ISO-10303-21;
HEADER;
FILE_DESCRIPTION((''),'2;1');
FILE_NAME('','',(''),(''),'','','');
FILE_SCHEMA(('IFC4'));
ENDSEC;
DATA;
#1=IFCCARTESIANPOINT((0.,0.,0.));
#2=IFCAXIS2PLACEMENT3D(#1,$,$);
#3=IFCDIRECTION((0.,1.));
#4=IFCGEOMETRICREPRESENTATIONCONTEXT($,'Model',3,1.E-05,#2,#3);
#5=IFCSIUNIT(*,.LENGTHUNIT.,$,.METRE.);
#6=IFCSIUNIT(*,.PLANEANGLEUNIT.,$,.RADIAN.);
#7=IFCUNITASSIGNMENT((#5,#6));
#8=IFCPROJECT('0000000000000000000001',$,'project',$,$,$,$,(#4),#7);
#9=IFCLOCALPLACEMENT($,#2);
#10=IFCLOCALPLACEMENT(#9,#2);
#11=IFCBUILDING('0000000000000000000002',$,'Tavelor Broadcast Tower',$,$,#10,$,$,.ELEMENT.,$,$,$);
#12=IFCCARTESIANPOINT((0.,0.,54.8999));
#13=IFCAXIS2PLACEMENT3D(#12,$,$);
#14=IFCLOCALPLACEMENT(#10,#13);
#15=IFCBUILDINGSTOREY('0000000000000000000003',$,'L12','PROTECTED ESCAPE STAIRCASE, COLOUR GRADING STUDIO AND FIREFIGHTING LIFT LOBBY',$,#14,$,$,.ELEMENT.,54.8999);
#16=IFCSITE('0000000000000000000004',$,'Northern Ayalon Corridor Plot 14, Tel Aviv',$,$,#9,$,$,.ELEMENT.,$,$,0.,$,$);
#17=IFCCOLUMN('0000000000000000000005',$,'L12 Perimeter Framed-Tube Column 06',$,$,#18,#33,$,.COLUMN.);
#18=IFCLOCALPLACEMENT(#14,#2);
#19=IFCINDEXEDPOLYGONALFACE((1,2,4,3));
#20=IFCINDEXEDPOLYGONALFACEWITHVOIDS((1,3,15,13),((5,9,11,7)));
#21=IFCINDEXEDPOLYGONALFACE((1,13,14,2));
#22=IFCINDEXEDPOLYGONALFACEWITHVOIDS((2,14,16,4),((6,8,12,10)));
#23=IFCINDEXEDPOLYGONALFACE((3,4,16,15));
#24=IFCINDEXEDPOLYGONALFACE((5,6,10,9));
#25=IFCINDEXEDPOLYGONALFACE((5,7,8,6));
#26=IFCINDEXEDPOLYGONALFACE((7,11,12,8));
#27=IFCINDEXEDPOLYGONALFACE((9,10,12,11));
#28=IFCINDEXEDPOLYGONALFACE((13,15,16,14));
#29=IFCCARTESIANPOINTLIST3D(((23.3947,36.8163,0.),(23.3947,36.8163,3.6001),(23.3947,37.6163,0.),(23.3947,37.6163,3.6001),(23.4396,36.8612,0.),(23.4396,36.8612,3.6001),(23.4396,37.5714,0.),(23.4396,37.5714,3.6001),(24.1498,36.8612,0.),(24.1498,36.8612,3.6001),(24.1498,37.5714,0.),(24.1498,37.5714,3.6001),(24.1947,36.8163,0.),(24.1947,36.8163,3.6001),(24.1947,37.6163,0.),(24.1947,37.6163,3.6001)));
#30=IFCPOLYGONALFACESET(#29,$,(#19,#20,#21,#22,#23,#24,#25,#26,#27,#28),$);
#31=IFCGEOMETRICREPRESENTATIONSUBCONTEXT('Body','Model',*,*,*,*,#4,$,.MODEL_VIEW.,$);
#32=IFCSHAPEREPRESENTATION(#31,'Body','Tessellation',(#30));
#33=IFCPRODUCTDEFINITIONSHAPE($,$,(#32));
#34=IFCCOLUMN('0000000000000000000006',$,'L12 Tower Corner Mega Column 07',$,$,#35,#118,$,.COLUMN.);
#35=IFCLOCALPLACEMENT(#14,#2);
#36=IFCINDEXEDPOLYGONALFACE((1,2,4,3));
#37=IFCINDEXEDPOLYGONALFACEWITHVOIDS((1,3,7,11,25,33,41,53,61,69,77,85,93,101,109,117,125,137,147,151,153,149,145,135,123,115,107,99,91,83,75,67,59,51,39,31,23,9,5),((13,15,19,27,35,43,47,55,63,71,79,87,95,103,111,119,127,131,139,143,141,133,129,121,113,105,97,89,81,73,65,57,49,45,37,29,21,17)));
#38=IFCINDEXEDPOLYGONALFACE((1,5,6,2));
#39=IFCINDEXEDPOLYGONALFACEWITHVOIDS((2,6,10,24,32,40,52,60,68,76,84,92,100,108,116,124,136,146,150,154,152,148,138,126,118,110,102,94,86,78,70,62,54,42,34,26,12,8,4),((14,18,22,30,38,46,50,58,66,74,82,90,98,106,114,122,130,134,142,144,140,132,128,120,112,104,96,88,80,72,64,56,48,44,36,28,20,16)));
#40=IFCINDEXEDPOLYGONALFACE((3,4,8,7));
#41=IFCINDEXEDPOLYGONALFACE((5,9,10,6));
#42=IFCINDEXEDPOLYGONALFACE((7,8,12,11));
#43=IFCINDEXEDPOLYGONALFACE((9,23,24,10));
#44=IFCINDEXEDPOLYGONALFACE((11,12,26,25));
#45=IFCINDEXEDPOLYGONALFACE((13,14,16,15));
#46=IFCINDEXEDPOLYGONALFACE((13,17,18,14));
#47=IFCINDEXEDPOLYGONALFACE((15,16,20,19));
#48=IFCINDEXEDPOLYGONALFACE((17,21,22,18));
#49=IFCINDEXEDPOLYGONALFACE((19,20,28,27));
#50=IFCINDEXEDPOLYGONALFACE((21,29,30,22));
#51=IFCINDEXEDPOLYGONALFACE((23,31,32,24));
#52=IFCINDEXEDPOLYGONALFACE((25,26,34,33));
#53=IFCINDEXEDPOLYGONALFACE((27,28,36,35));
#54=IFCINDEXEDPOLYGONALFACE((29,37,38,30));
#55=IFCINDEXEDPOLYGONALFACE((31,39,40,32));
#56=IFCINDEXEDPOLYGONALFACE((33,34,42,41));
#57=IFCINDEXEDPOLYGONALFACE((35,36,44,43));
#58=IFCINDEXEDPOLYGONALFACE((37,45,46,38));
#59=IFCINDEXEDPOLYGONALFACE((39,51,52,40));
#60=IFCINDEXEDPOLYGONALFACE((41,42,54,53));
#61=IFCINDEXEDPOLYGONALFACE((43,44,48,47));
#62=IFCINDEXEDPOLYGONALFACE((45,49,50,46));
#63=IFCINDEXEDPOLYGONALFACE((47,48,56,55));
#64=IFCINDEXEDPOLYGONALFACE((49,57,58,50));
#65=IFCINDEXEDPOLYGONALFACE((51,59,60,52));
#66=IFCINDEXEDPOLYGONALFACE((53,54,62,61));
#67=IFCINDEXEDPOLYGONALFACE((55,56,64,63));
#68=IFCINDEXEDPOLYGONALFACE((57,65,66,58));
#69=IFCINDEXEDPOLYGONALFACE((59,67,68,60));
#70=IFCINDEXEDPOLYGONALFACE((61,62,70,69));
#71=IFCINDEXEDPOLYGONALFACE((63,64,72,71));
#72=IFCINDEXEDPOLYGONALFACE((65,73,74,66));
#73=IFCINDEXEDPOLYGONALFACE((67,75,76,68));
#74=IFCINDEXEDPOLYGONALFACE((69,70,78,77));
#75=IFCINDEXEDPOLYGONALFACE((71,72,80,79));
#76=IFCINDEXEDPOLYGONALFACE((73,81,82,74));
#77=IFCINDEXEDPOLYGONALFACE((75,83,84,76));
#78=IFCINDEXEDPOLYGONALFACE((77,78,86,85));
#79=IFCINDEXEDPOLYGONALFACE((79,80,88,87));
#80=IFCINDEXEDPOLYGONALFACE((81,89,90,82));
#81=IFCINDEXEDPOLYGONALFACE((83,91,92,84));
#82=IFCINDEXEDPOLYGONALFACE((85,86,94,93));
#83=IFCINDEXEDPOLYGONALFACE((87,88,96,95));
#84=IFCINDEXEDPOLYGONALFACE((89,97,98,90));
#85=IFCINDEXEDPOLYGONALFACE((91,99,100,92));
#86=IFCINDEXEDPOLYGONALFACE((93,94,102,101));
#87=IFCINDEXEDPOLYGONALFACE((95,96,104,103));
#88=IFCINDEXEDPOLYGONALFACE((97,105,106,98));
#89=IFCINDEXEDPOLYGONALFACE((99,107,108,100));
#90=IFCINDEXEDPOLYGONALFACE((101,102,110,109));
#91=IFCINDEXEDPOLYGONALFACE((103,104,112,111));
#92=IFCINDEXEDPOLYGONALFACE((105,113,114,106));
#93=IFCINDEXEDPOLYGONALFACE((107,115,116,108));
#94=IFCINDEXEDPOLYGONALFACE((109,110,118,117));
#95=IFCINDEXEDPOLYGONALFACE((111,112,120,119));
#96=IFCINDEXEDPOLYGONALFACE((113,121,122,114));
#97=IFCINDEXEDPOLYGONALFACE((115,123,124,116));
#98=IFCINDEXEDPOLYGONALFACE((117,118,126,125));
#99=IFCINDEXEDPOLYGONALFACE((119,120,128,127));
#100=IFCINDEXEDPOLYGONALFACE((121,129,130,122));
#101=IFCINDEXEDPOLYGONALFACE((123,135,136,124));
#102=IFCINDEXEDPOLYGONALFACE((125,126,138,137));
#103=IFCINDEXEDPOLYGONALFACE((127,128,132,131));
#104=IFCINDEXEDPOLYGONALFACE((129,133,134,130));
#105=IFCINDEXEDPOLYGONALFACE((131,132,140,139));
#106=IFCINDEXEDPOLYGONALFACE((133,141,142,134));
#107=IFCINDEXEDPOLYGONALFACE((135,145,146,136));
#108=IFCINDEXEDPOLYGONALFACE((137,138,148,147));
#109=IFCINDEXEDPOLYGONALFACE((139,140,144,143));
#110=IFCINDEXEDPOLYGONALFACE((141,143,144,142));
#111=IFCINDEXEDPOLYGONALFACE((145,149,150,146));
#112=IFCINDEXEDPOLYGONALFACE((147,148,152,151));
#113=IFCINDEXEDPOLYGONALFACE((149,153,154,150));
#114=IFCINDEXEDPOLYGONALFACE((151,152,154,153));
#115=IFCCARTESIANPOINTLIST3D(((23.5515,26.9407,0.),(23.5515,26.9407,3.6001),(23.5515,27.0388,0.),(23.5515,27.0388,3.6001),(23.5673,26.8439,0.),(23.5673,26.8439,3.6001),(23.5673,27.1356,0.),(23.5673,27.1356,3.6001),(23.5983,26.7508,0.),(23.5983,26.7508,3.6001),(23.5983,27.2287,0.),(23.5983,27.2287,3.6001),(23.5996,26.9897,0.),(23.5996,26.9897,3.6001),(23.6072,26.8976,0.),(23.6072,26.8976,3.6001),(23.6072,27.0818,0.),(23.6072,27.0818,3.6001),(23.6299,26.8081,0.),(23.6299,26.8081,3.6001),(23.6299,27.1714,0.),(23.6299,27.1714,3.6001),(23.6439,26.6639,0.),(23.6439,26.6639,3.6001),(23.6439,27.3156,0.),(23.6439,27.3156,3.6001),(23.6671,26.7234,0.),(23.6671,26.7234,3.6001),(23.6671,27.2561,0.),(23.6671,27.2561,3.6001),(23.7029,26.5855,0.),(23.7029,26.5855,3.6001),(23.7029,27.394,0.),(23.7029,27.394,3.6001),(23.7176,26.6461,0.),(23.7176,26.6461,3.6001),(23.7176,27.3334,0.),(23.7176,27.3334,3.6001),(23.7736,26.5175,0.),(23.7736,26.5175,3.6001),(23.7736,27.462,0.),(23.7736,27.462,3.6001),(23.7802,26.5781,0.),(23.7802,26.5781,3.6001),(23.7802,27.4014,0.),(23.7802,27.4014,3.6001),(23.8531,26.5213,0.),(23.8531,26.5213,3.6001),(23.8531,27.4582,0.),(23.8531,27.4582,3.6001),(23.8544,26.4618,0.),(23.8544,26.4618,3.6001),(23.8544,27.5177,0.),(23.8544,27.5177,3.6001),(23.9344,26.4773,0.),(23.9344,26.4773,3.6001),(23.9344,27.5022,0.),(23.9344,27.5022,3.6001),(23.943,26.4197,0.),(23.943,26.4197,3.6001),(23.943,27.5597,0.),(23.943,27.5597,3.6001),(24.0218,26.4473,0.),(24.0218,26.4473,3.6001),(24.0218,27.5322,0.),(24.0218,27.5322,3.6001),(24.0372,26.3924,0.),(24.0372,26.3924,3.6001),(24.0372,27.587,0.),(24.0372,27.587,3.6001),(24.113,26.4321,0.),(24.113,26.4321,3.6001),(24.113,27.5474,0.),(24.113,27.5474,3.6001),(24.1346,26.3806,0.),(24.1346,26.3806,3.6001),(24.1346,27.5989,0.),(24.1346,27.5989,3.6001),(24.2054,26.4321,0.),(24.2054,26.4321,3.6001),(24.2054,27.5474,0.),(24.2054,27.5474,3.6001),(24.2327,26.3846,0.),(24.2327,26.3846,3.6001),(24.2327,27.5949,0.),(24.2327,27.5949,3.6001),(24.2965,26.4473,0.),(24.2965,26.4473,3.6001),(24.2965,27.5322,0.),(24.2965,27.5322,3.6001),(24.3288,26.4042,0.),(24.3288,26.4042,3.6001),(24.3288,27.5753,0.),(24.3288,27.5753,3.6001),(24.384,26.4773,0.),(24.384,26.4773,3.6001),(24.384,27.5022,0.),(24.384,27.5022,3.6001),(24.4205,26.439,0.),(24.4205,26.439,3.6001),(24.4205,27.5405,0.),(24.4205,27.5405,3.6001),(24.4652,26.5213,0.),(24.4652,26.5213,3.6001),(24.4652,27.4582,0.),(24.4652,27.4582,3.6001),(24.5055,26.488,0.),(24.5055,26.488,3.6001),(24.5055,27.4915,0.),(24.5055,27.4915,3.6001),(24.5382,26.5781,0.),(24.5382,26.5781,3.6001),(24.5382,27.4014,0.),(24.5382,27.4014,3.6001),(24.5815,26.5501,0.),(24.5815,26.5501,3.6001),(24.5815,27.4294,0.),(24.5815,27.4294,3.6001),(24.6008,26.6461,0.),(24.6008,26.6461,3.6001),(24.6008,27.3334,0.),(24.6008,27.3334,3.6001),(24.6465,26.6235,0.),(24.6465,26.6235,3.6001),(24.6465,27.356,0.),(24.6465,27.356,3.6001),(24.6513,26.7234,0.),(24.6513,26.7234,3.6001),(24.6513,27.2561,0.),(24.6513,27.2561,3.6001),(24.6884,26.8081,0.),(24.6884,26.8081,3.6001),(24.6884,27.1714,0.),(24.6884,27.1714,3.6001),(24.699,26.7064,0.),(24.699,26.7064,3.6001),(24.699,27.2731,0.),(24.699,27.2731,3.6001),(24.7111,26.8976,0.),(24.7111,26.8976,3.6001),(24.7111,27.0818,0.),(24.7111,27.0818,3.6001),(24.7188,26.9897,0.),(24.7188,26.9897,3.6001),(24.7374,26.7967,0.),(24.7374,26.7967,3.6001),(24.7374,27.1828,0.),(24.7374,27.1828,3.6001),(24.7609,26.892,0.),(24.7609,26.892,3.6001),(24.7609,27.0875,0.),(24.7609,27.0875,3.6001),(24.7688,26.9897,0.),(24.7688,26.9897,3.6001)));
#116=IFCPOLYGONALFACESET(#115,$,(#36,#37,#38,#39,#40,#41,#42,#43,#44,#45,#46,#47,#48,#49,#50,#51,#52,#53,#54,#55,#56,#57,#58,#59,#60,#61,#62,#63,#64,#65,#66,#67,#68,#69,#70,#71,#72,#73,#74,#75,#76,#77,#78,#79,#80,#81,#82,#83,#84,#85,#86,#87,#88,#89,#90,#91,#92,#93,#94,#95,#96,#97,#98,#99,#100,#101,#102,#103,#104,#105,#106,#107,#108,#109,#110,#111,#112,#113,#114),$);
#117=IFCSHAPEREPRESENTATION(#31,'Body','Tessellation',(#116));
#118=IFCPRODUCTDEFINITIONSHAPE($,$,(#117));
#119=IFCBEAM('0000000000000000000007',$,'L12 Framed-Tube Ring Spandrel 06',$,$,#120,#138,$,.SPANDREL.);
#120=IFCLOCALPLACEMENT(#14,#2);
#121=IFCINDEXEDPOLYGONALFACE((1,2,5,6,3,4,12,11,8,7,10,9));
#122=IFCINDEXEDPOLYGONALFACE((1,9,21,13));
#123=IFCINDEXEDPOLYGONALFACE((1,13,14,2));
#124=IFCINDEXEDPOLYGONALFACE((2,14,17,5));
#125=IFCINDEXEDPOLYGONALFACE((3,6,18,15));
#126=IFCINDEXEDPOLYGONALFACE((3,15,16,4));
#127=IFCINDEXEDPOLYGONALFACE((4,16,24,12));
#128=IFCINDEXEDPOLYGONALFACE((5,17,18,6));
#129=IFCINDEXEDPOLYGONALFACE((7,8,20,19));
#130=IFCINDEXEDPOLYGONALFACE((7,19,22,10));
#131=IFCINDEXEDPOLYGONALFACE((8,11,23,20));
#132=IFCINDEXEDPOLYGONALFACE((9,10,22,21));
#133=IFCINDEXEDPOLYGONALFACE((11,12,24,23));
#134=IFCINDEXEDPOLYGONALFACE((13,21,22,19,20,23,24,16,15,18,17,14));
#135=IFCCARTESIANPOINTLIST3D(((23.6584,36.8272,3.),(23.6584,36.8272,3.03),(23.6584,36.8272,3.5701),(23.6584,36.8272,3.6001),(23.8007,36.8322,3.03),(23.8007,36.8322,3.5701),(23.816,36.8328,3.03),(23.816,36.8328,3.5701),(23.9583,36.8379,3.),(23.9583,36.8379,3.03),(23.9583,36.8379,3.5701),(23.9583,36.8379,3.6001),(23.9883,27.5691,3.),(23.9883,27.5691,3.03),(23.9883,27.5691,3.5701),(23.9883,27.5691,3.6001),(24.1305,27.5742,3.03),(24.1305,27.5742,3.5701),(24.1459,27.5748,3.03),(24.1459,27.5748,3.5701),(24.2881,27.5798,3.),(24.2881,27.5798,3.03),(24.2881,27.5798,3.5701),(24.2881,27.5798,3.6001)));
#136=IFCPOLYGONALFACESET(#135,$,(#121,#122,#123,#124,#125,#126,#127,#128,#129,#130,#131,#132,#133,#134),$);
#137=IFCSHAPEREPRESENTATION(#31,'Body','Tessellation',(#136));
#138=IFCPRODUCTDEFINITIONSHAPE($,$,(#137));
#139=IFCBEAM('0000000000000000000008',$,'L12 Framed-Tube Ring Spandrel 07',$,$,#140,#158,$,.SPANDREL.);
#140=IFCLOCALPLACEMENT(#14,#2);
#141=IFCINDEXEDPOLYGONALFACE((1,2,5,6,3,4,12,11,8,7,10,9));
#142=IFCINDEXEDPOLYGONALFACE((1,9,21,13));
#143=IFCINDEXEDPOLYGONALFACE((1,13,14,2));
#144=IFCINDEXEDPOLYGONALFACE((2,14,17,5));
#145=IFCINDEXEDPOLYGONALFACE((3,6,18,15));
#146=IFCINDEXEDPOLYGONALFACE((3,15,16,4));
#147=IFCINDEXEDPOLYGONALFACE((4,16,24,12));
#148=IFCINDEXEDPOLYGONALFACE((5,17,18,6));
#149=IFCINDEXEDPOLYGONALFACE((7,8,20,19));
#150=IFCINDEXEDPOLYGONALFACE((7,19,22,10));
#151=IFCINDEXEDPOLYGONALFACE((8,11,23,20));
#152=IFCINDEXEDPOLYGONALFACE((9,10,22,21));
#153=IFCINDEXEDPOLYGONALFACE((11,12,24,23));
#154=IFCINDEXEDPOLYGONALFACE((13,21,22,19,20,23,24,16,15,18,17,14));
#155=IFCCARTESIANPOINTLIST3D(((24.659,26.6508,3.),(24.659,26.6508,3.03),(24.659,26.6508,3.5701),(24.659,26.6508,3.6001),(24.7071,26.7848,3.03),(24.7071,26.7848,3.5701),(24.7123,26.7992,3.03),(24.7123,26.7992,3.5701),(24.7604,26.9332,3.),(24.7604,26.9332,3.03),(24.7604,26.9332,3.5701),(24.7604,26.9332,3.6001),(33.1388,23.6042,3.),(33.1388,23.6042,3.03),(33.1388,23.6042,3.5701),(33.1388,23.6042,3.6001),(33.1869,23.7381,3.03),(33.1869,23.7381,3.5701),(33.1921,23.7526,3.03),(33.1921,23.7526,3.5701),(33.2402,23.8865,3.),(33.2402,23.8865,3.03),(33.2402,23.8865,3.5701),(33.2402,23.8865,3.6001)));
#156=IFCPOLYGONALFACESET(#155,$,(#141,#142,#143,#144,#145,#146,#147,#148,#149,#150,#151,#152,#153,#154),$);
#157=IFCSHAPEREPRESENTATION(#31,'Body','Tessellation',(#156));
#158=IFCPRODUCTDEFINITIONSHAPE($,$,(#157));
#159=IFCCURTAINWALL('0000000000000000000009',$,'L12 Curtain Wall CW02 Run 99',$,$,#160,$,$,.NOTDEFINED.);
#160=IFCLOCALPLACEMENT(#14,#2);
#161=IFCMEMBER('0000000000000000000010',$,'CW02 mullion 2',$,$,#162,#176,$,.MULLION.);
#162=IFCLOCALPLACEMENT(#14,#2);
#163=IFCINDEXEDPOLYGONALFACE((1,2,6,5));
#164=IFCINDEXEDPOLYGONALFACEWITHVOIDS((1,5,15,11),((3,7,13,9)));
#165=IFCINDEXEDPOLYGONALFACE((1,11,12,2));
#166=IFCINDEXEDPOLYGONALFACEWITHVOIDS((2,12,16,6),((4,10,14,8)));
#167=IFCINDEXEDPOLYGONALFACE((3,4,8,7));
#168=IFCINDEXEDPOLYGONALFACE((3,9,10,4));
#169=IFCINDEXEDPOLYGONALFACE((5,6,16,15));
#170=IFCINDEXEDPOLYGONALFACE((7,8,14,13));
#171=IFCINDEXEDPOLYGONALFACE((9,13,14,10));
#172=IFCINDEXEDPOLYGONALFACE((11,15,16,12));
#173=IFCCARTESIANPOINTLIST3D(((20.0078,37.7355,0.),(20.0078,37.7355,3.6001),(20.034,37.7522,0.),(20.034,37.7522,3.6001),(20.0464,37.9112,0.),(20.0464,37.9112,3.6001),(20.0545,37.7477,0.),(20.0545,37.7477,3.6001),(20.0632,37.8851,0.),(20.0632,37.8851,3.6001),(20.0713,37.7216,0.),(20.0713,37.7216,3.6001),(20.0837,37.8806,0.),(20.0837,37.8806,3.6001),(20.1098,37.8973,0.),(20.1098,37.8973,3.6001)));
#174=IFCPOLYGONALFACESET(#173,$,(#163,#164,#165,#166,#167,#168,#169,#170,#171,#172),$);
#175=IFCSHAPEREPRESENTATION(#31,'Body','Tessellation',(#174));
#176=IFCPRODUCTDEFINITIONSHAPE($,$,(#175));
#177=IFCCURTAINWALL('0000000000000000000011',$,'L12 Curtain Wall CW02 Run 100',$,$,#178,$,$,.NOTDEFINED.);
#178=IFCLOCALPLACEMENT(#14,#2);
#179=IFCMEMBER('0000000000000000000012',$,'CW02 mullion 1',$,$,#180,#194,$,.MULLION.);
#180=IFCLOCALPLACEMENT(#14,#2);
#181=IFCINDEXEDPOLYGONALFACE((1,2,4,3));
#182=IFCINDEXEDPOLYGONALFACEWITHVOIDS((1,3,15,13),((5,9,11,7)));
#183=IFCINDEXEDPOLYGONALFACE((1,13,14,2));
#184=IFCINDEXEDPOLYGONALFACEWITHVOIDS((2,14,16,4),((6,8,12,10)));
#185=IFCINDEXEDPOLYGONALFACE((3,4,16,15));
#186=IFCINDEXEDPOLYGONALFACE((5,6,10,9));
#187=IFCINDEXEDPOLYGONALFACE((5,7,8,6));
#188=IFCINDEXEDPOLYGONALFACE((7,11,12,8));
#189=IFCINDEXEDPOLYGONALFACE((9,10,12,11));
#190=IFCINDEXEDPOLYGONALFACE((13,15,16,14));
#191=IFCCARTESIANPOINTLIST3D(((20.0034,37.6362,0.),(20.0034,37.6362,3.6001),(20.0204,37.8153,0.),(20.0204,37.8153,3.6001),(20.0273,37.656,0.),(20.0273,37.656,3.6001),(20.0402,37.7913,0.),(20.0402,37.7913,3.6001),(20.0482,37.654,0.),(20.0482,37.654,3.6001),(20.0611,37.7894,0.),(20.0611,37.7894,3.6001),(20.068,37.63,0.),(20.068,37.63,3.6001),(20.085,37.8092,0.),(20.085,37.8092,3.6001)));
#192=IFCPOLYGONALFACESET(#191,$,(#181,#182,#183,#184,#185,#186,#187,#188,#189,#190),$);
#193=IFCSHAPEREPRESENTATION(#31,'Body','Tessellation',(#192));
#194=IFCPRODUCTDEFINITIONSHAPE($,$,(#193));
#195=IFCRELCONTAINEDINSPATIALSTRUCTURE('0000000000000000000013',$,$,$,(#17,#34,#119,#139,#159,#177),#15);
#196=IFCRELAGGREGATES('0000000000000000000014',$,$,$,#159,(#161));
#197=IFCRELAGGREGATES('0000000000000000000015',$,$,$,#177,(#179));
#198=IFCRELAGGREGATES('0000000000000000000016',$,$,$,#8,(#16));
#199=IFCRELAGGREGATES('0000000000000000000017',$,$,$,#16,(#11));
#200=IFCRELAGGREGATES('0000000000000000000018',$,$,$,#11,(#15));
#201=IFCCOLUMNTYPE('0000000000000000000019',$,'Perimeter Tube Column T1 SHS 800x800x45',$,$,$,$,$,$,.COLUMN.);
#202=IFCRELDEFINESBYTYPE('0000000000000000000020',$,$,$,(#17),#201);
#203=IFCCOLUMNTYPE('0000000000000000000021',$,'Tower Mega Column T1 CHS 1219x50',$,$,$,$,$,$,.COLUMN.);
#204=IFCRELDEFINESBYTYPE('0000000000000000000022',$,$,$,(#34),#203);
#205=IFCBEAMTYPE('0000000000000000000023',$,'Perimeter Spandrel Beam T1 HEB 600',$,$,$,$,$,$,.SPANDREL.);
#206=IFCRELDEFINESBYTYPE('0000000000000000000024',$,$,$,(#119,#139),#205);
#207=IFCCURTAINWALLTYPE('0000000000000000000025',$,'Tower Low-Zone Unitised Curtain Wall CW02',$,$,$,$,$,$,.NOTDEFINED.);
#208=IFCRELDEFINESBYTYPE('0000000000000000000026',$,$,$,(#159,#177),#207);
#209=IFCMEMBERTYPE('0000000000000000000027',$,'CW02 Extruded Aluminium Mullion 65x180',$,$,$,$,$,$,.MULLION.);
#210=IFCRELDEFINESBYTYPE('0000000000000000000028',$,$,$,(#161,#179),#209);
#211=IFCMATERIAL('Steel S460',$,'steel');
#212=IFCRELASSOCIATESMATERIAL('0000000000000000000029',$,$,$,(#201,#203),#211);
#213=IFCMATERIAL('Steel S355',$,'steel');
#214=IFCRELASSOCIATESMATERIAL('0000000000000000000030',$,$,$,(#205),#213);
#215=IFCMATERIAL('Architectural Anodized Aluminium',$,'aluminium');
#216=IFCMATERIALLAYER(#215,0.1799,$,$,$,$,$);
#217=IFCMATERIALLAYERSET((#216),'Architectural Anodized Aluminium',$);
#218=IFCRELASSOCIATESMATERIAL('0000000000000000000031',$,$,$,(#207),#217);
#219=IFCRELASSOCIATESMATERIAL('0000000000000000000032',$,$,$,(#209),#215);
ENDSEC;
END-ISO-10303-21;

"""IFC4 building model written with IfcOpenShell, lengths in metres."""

from ifc_helpers import new_model, si_unit, direction, frame, origin, origin_2d, place, context, subcontext, project, spatial, hollow_rectangle, hollow_circle, i_section, extrude, source, transform, mapped, material, layer, layer_set, material_profile, profile_set, type_object, type_shapes, element, aggregate, save


model = new_model("IFC4")

# Units and contexts
model_context = context("Model", 3, precision=1e-05, world=origin(), true_north=direction((0.0, 1.0)))
body_context = subcontext(model_context, "Body", "Model", "MODEL_VIEW")
ifc_project = project(units=[si_unit("LENGTHUNIT", "METRE"), si_unit("PLANEANGLEUNIT", "RADIAN")], contexts=[model_context])

# Site, building, storey
site_placement = place(None, origin())
site = spatial("IfcSite", under=ifc_project, at=site_placement, Name="Northern Ayalon Corridor Plot 14, Tel Aviv", CompositionType="ELEMENT", RefElevation=0.0)
building_placement = place(site_placement, origin())
building = spatial("IfcBuilding", under=site, at=building_placement, Name="Tavelor Broadcast Tower", CompositionType="ELEMENT")
storey_placement = place(building_placement, frame((0.0, 0.0, 54.8999)))
storey = spatial("IfcBuildingStorey", under=building, at=storey_placement, Name="L12", Description="PROTECTED ESCAPE STAIRCASE, COLOUR GRADING STUDIO AND FIREFIGHTING LIFT LOBBY", CompositionType="ELEMENT", Elevation=54.8999)

# Columns
ifc_material_1 = material(Name="Steel S460", Category="steel")
ifc_material_profile_1 = material_profile(ifc_material_1, hollow_rectangle(XDim=0.8, YDim=0.8, WallThickness=0.0449, at=origin_2d()), Name="SHS 800x800x45")
ifc_profile_set_1 = profile_set([ifc_material_profile_1], Name="Steel S460")
column_type_1 = type_object("IfcColumnType", Name="Perimeter Tube Column T1 SHS 800x800x45", PredefinedType="COLUMN", material=ifc_profile_set_1)
column_1_placement = place(storey_placement, frame((23.7947, 37.2163, 0.0), z_axis=(0.0, 0.0, 1.0), x_axis=(1.0, 0.0, 0.0)))
element("IfcColumn", 1, at=column_1_placement, inside=storey, type_object=column_type_1, Name="L12 Perimeter Framed-Tube Column 06", PredefinedType="COLUMN", context=body_context, shape_type="SweptSolid", body=[
    extrude(hollow_rectangle(XDim=0.8, YDim=0.8, WallThickness=0.0449, at=origin_2d()), origin(), (0.0, 0.0, 1.0), 3.6001),
])
ifc_material_profile_2 = material_profile(ifc_material_1, hollow_circle(Radius=0.6096, WallThickness=0.05, at=origin_2d()), Name="CHS 1219x50")
ifc_profile_set_2 = profile_set([ifc_material_profile_2], Name="Steel S460")
column_type_2 = type_object("IfcColumnType", Name="Tower Mega Column T1 CHS 1219x50", PredefinedType="COLUMN", material=ifc_profile_set_2)
column_2_placement = place(storey_placement, frame((24.1592, 26.9897, 0.0), z_axis=(0.0, 0.0, 1.0), x_axis=(1.0, 0.0, 0.0)))
element("IfcColumn", 2, at=column_2_placement, inside=storey, type_object=column_type_2, Name="L12 Tower Corner Mega Column 07", PredefinedType="COLUMN", context=body_context, shape_type="SweptSolid", body=[
    extrude(hollow_circle(Radius=0.6096, WallThickness=0.05, at=origin_2d()), origin(), (0.0, 0.0, 1.0), 3.6001),
])

# Beams
ifc_material_2 = material(Name="Steel S355", Category="steel")
ifc_material_profile_3 = material_profile(ifc_material_2, i_section(OverallWidth=0.3, OverallDepth=0.6001, WebThickness=0.0154, FlangeThickness=0.03, at=origin_2d()), Name="HEB 600")
ifc_profile_set_3 = profile_set([ifc_material_profile_3], Name="Steel S355")
beam_type = type_object("IfcBeamType", Name="Perimeter Spandrel Beam T1 HEB 600", PredefinedType="SPANDREL", material=ifc_profile_set_3)
beam_1_placement = place(storey_placement, frame((23.8083, 36.8325, 3.3), z_axis=(0.035604, -0.999366, 0.0), x_axis=(0.999366, 0.035604, 0.0)))
element("IfcBeam", 3, at=beam_1_placement, inside=storey, type_object=beam_type, Name="L12 Framed-Tube Ring Spandrel 06", PredefinedType="SPANDREL", context=body_context, shape_type="SweptSolid", body=[
    extrude(i_section(OverallWidth=0.3, OverallDepth=0.6001, WebThickness=0.0154, FlangeThickness=0.03, at=origin_2d()), origin(), (0.0, 0.0, 1.0), 9.2639),
])
beam_2_placement = place(storey_placement, frame((24.7097, 26.792, 3.3), z_axis=(0.941102, -0.338123, 0.0), x_axis=(0.338123, 0.941102, 0.0)))
element("IfcBeam", 4, at=beam_2_placement, inside=storey, type_object=beam_type, Name="L12 Framed-Tube Ring Spandrel 07", PredefinedType="SPANDREL", context=body_context, shape_type="SweptSolid", body=[
    extrude(i_section(OverallWidth=0.3, OverallDepth=0.6001, WebThickness=0.0154, FlangeThickness=0.03, at=origin_2d()), origin(), (0.0, 0.0, 1.0), 9.0105),
])

# Curtain wall, member
ifc_material_3 = material(Name="Architectural Anodized Aluminium", Category="aluminium")
ifc_layer_1 = layer(ifc_material_3, 0.1799)
ifc_layer_set_1 = layer_set([ifc_layer_1], Name="Architectural Anodized Aluminium")
curtain_wall_type = type_object("IfcCurtainWallType", Name="Tower Low-Zone Unitised Curtain Wall CW02", PredefinedType="NOTDEFINED", material=ifc_layer_set_1)
curtain_wall_1_placement = place(storey_placement, origin())
curtain_wall_1 = element("IfcCurtainWall", 5, at=curtain_wall_1_placement, inside=storey, type_object=curtain_wall_type, Name="L12 Curtain Wall CW02 Run 99", PredefinedType="NOTDEFINED")
ifc_material_profile_4 = material_profile(ifc_material_3, hollow_rectangle(XDim=0.0649, YDim=0.1799, WallThickness=0.022, at=origin_2d()), Name="RHS 65x180x22")
ifc_profile_set_4 = profile_set([ifc_material_profile_4], Name="Architectural Anodized Aluminium")
member_type_1 = type_object("IfcMemberType", Name="CW02 Extruded Aluminium Mullion 65x180", PredefinedType="MULLION", material=ifc_profile_set_4)
shared_shape_1 = source(origin(), body_context, "Body", "SweptSolid", [
    extrude(hollow_rectangle(XDim=0.0649, YDim=0.1799, WallThickness=0.022, at=origin_2d()), origin(), (0.0, 0.0, 1.0), 3.6001),
])
type_shapes(member_type_1, [shared_shape_1])
member_1_placement = place(storey_placement, frame((20.0588, 37.8164, 0.0), z_axis=(0.0, 0.0, 1.0), x_axis=(0.976769, -0.214297, 0.0)))
member_1 = element("IfcMember", 6, at=member_1_placement, type_object=member_type_1, Name="CW02 mullion 2", PredefinedType="MULLION", context=body_context, shape_type="MappedRepresentation", body=[
    mapped(shared_shape_1, transform((0.0, 0.0, 0.0), scale=1.0)),
])
aggregate(curtain_wall_1, [member_1])

# Curtain wall, member
curtain_wall_2_placement = place(storey_placement, origin())
curtain_wall_2 = element("IfcCurtainWall", 7, at=curtain_wall_2_placement, inside=storey, type_object=curtain_wall_type, Name="L12 Curtain Wall CW02 Run 100", PredefinedType="NOTDEFINED")
member_2_placement = place(storey_placement, frame((20.0442, 37.7227, 0.0), z_axis=(0.0, 0.0, 1.0), x_axis=(0.995523, -0.094515, 0.0)))
member_2 = element("IfcMember", 8, at=member_2_placement, type_object=member_type_1, Name="CW02 mullion 1", PredefinedType="MULLION", context=body_context, shape_type="MappedRepresentation", body=[
    mapped(shared_shape_1, transform((0.0, 0.0, 0.0), scale=1.0)),
])

aggregate(curtain_wall_2, [member_2])

save(model, "model.ifc")
